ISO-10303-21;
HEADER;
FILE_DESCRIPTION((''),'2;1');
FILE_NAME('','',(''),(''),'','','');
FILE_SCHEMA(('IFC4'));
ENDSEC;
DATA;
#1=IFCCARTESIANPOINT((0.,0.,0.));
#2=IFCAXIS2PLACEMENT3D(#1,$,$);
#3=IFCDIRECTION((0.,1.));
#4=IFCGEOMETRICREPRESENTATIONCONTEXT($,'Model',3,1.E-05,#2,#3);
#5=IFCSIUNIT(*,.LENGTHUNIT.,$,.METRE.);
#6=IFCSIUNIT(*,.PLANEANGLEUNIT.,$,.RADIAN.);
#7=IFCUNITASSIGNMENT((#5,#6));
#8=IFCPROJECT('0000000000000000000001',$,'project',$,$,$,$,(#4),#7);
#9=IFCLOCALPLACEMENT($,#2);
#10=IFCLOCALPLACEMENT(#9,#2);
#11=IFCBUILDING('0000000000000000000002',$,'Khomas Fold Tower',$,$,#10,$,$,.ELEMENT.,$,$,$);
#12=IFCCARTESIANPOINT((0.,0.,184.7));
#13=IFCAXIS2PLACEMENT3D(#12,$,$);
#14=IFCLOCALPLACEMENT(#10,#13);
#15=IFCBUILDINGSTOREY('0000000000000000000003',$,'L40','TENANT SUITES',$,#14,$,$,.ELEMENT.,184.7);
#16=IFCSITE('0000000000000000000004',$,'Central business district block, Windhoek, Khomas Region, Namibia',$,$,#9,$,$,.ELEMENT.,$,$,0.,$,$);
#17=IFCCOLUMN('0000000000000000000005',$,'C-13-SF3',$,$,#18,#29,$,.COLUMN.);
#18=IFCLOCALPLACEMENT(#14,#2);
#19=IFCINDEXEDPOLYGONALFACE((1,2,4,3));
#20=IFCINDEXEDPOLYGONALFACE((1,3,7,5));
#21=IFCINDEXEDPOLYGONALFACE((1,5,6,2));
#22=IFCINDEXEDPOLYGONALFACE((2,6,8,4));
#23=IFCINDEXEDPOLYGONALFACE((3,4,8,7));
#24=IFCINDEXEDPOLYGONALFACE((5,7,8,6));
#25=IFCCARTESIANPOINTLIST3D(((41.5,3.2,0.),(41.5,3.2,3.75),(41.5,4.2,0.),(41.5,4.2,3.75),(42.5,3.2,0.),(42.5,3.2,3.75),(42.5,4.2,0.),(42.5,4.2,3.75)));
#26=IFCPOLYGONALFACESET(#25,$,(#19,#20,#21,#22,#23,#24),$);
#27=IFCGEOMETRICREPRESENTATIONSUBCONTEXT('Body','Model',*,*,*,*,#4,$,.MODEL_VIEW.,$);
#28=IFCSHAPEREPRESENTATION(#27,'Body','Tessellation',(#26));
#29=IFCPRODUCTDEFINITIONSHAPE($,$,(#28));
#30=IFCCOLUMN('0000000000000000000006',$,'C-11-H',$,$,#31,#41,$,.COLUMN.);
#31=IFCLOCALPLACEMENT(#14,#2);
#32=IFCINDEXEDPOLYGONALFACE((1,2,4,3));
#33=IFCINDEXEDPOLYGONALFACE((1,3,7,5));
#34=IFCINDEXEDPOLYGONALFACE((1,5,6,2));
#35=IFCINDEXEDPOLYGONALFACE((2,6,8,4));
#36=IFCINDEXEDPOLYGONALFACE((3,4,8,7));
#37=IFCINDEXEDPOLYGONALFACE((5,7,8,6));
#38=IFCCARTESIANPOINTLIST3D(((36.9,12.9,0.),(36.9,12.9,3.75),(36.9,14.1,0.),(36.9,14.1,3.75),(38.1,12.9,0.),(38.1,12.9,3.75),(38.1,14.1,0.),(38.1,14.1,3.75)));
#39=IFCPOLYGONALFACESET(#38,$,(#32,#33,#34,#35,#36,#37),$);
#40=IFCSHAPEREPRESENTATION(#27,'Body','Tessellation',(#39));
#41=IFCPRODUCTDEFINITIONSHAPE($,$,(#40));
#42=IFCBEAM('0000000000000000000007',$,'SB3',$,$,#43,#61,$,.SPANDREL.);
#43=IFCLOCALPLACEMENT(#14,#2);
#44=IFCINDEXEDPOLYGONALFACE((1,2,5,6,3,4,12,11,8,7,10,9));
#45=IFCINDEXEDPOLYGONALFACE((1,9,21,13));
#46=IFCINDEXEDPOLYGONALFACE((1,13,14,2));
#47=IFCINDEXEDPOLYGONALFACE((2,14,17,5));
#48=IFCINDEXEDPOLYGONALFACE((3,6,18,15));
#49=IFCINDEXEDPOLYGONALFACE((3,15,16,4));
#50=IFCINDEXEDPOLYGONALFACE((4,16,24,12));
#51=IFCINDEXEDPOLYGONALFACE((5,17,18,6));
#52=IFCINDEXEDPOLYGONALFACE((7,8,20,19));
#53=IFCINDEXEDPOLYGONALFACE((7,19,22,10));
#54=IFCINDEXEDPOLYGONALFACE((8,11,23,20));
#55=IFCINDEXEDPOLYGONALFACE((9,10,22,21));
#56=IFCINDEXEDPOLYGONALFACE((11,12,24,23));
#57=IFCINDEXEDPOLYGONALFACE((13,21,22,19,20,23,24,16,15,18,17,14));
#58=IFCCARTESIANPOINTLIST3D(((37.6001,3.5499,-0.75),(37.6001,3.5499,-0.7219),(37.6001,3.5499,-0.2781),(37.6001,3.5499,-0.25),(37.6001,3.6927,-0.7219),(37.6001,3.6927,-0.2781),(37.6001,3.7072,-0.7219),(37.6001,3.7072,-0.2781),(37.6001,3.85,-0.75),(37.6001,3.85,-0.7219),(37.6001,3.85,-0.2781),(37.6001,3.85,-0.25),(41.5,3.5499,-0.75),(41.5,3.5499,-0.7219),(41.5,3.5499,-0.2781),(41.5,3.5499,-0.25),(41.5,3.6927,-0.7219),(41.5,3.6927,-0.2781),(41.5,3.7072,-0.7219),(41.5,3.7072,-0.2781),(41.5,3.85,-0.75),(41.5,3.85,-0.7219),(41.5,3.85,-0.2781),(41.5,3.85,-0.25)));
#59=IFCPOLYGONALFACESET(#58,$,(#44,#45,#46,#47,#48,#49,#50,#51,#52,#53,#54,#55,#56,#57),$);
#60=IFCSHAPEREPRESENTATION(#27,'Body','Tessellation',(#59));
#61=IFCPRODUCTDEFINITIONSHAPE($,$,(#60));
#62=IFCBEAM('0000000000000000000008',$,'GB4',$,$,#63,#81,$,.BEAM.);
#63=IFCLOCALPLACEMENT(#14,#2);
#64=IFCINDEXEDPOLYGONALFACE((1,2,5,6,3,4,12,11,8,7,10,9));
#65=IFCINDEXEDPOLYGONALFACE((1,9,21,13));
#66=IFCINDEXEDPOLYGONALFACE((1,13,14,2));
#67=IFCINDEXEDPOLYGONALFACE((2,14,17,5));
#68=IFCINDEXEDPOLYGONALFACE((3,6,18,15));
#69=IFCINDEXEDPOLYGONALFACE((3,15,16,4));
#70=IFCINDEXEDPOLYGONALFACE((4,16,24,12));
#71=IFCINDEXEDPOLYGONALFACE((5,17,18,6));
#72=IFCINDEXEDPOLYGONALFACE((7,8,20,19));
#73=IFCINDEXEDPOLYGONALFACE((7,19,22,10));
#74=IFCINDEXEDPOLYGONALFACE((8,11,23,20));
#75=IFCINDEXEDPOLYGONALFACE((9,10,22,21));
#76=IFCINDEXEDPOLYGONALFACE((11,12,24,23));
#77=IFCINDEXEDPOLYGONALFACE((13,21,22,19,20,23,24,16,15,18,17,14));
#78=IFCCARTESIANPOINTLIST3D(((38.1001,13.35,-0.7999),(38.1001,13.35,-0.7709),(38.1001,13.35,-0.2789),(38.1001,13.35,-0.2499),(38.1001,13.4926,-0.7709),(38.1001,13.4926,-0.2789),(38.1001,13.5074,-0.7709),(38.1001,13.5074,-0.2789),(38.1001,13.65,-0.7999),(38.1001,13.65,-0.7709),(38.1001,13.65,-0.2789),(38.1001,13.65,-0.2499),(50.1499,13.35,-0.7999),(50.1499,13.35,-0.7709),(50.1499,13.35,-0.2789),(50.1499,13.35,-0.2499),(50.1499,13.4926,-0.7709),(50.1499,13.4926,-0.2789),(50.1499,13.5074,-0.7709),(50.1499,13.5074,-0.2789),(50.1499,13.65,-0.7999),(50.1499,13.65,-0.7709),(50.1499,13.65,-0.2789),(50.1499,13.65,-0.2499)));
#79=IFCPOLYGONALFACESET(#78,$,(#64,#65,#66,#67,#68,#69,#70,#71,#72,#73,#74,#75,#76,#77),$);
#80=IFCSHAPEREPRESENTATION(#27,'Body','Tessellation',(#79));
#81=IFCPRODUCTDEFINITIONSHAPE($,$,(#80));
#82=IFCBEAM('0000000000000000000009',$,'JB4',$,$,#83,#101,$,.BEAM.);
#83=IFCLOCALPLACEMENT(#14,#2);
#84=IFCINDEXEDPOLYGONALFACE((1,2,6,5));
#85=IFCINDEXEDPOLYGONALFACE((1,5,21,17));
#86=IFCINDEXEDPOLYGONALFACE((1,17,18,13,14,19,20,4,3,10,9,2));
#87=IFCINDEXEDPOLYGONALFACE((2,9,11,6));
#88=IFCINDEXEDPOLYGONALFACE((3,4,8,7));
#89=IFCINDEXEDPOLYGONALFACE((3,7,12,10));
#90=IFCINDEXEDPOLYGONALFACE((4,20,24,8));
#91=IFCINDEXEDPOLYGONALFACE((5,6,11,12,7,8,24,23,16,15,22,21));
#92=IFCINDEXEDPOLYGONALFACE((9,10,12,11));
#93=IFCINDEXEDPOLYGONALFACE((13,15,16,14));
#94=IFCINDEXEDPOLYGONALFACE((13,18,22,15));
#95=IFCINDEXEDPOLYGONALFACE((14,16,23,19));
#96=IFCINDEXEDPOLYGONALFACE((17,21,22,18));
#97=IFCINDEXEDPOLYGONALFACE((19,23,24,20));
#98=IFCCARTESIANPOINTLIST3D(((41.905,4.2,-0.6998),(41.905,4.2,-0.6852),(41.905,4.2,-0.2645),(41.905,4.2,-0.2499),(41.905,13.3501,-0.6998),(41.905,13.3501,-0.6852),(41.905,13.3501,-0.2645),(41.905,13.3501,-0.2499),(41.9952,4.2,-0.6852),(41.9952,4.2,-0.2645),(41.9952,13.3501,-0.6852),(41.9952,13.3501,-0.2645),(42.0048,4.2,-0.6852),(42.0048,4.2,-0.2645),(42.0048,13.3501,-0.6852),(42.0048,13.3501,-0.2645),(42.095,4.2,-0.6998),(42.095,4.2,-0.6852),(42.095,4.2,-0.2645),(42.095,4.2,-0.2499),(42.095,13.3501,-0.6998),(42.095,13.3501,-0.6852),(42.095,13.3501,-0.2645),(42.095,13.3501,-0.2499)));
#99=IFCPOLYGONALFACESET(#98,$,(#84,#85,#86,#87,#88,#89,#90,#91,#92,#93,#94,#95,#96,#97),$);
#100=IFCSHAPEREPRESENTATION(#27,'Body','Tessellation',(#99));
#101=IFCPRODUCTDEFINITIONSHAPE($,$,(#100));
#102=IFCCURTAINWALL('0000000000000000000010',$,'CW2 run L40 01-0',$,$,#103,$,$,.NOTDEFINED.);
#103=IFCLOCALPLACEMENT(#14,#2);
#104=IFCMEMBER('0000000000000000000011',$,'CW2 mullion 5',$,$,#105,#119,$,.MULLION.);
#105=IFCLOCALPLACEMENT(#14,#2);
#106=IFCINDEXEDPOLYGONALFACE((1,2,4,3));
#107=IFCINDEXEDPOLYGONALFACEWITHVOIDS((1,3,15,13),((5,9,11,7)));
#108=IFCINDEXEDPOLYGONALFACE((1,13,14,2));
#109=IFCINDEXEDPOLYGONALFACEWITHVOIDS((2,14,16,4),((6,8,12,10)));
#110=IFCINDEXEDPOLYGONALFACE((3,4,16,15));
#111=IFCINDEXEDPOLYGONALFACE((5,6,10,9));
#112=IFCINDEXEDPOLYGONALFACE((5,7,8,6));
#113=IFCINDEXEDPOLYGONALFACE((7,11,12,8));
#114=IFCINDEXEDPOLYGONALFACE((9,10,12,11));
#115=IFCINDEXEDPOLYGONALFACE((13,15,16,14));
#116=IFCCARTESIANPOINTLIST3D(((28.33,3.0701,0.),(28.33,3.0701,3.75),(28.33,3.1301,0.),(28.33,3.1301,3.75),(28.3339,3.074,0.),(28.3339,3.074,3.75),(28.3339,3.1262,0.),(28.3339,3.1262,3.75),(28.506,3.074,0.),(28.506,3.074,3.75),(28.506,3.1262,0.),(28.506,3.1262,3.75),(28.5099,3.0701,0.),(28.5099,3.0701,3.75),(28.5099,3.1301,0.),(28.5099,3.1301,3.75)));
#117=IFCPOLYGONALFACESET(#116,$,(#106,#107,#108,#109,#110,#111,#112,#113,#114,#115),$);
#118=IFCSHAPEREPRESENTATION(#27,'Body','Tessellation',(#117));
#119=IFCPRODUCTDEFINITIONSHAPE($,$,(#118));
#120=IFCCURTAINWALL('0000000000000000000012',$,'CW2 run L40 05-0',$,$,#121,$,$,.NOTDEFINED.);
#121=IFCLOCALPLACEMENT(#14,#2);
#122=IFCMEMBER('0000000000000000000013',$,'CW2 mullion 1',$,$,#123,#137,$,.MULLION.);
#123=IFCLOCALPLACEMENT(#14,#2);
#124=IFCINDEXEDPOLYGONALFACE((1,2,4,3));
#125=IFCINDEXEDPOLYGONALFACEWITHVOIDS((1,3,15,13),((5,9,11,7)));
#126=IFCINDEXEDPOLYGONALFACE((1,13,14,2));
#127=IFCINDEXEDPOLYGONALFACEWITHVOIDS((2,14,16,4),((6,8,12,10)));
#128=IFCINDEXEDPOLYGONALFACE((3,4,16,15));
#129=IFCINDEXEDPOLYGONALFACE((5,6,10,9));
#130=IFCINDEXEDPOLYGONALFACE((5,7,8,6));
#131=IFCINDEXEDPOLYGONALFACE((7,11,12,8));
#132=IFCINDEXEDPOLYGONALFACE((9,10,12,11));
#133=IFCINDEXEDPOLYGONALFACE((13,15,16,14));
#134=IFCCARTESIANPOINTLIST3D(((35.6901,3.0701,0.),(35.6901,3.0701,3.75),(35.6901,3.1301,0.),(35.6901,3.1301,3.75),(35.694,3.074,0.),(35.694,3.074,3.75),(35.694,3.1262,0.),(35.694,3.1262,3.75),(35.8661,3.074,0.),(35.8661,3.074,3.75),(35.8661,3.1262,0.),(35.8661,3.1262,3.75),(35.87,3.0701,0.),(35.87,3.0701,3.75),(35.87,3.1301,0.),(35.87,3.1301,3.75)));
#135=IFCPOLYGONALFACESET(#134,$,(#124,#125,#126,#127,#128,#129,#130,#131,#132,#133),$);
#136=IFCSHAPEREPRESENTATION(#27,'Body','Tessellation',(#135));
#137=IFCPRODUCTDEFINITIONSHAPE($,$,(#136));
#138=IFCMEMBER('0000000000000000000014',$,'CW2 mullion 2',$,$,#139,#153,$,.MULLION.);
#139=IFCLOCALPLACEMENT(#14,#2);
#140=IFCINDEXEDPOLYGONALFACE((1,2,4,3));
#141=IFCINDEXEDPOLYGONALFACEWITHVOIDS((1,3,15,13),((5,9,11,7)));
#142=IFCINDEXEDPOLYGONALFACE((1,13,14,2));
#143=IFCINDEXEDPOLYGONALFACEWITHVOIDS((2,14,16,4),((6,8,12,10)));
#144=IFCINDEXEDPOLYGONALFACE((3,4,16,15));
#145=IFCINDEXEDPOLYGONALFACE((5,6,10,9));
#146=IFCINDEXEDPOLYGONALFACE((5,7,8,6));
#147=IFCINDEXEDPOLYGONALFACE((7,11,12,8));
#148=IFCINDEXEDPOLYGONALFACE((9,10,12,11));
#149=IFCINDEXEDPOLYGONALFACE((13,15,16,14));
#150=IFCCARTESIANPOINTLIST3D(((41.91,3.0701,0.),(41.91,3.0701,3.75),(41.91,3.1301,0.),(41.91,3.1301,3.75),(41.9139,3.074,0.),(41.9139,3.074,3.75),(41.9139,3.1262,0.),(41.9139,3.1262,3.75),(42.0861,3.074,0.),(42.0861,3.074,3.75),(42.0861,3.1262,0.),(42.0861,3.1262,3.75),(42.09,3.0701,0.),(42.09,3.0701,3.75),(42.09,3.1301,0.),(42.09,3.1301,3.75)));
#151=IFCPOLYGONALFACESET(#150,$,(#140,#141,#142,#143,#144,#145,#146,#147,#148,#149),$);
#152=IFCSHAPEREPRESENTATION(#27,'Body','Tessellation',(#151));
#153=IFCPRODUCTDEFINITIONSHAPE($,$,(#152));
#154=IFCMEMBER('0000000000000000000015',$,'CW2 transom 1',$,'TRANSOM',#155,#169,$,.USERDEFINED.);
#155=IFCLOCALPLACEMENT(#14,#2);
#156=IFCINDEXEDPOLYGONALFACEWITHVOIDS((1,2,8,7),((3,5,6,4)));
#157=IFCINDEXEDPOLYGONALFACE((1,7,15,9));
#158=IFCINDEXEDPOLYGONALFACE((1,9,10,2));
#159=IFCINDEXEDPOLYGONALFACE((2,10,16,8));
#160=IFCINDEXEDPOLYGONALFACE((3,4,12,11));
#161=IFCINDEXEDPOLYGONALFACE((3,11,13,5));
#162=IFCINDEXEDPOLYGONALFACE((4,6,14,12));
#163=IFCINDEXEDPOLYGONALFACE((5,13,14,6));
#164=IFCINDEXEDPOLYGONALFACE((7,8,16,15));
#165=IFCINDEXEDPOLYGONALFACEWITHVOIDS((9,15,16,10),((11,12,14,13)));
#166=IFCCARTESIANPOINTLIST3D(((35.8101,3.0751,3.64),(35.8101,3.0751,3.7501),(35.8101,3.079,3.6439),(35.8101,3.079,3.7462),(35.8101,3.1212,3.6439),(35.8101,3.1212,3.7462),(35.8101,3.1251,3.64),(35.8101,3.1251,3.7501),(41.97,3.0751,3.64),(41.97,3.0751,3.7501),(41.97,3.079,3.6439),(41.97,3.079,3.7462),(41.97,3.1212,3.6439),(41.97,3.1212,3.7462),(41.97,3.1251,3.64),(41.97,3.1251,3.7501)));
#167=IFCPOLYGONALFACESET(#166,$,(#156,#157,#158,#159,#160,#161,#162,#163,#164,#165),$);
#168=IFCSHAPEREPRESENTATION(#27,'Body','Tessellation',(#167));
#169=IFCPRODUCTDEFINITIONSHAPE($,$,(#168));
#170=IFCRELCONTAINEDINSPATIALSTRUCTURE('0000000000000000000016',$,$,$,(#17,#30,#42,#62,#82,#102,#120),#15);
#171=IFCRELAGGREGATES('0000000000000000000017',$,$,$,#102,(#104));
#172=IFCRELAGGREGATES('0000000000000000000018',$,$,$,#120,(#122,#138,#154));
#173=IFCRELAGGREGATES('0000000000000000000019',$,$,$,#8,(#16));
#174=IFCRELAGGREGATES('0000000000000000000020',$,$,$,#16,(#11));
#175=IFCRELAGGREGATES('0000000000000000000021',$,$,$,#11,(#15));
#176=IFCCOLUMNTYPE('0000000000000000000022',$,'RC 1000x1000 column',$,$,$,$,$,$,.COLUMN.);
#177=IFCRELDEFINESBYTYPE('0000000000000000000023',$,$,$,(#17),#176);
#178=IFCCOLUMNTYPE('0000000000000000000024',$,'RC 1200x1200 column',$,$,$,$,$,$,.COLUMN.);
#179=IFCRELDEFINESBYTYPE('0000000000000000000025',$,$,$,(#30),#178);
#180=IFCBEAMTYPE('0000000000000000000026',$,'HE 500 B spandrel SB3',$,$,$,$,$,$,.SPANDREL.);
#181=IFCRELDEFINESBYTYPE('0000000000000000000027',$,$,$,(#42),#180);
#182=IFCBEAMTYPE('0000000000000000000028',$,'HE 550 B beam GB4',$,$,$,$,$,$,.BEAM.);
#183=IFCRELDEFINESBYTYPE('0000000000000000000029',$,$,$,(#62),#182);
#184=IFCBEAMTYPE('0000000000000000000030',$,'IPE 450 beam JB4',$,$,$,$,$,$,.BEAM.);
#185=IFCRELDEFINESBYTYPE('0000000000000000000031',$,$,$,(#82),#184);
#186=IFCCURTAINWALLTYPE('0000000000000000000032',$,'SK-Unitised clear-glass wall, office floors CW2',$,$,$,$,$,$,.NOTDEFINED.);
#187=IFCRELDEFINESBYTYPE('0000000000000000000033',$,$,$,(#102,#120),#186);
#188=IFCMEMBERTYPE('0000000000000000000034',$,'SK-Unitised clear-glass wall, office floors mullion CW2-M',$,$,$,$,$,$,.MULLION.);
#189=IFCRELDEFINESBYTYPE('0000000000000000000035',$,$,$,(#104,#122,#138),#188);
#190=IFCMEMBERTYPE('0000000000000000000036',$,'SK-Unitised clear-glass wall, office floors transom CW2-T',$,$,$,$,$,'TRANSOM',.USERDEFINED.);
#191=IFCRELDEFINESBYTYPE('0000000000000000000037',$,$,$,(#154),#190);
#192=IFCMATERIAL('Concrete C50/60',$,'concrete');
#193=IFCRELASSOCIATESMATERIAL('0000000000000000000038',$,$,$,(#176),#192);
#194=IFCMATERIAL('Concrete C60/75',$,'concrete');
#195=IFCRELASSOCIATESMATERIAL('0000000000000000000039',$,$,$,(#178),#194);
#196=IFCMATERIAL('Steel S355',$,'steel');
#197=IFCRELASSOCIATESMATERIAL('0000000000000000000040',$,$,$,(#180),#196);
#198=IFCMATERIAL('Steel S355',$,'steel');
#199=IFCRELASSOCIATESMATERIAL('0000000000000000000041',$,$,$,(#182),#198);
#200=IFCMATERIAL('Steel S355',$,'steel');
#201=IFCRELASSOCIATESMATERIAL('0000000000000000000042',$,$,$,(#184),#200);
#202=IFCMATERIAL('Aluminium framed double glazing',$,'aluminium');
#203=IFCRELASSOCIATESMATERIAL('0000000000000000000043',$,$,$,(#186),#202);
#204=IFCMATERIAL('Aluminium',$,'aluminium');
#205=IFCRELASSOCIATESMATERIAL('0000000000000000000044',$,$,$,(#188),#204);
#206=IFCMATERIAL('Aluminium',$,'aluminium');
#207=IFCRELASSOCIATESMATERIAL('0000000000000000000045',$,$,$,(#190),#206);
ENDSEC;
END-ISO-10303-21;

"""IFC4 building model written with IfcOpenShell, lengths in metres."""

from ifc_helpers import new_model, si_unit, direction, frame, origin, origin_2d, place, context, subcontext, project, spatial, rectangle, hollow_rectangle, i_section, extrude, source, transform, mapped, material, material_profile, profile_set, type_object, element, aggregate, save


model = new_model("IFC4")

# Units and contexts
model_context = context("Model", 3, precision=1e-05, world=origin(), true_north=direction((0.0, 1.0)))
body_context = subcontext(model_context, "Body", "Model", "MODEL_VIEW")
ifc_project = project(units=[si_unit("LENGTHUNIT", "METRE"), si_unit("PLANEANGLEUNIT", "RADIAN")], contexts=[model_context])

# Site, building, storey
site_placement = place(None, origin())
site = spatial("IfcSite", under=ifc_project, at=site_placement, Name="Central business district block, Windhoek, Khomas Region, Namibia", CompositionType="ELEMENT", RefElevation=0.0)
building_placement = place(site_placement, origin())
building = spatial("IfcBuilding", under=site, at=building_placement, Name="Khomas Fold Tower", CompositionType="ELEMENT")
storey_placement = place(building_placement, frame((0.0, 0.0, 184.7)))
storey = spatial("IfcBuildingStorey", under=building, at=storey_placement, Name="L40", Description="TENANT SUITES", CompositionType="ELEMENT", Elevation=184.7)

# Columns
ifc_material_1 = material(Name="Concrete C50/60", Category="concrete")
ifc_material_profile_1 = material_profile(ifc_material_1, rectangle(XDim=1.0, YDim=1.0, at=origin_2d()), Name="RC 1000x1000")
ifc_profile_set_1 = profile_set([ifc_material_profile_1], Name="Concrete C50/60")
column_type_1 = type_object("IfcColumnType", Name="RC 1000x1000 column", PredefinedType="COLUMN", material=ifc_profile_set_1)
shared_shape_1 = source(origin(), body_context, "Body", "SweptSolid", [
    extrude(rectangle(XDim=1.0, YDim=1.0, at=origin_2d()), origin(), (0.0, 0.0, 1.0), 3.75),
])
column_1_placement = place(storey_placement, frame((42.0, 3.7, 0.0), z_axis=(0.0, 0.0, 1.0), x_axis=(1.0, 0.0, 0.0)))
element("IfcColumn", 1, at=column_1_placement, inside=storey, type_object=column_type_1, Name="C-13-SF3", PredefinedType="COLUMN", context=body_context, shape_type="MappedRepresentation", body=[
    mapped(shared_shape_1, transform((0.0, 0.0, 0.0))),
])
ifc_material_2 = material(Name="Concrete C60/75", Category="concrete")
ifc_material_profile_2 = material_profile(ifc_material_2, rectangle(XDim=1.2, YDim=1.2, at=origin_2d()), Name="RC 1200x1200")
ifc_profile_set_2 = profile_set([ifc_material_profile_2], Name="Concrete C60/75")
column_type_2 = type_object("IfcColumnType", Name="RC 1200x1200 column", PredefinedType="COLUMN", material=ifc_profile_set_2)
shared_shape_2 = source(origin(), body_context, "Body", "SweptSolid", [
    extrude(rectangle(XDim=1.2, YDim=1.2, at=origin_2d()), origin(), (0.0, 0.0, 1.0), 3.75),
])
column_2_placement = place(storey_placement, frame((37.5, 13.5, 0.0), z_axis=(0.0, 0.0, 1.0), x_axis=(1.0, 0.0, 0.0)))
element("IfcColumn", 2, at=column_2_placement, inside=storey, type_object=column_type_2, Name="C-11-H", PredefinedType="COLUMN", context=body_context, shape_type="MappedRepresentation", body=[
    mapped(shared_shape_2, transform((0.0, 0.0, 0.0))),
])

# Beams
ifc_material_3 = material(Name="Steel S355", Category="steel")
ifc_material_profile_3 = material_profile(ifc_material_3, i_section(OverallWidth=0.3, OverallDepth=0.5, WebThickness=0.0144, FlangeThickness=0.0281, at=origin_2d()), Name="HE 500 B")
ifc_profile_set_3 = profile_set([ifc_material_profile_3], Name="Steel S355")
beam_type_1 = type_object("IfcBeamType", Name="HE 500 B spandrel SB3", PredefinedType="SPANDREL", material=ifc_profile_set_3)
shared_shape_3 = source(origin(), body_context, "Body", "SweptSolid", [
    extrude(i_section(OverallWidth=0.3, OverallDepth=0.5, WebThickness=0.0144, FlangeThickness=0.0281, at=origin_2d()), origin(), (0.0, 0.0, 1.0), 3.8999),
])
beam_1_placement = place(storey_placement, frame((37.6001, 3.7, -0.5), z_axis=(1.0, 0.0, 0.0), x_axis=(0.0, 1.0, 0.0)))
element("IfcBeam", 3, at=beam_1_placement, inside=storey, type_object=beam_type_1, Name="SB3", PredefinedType="SPANDREL", context=body_context, shape_type="MappedRepresentation", body=[
    mapped(shared_shape_3, transform((0.0, 0.0, 0.0))),
])
ifc_material_4 = material(Name="Steel S355", Category="steel")
ifc_material_profile_4 = material_profile(ifc_material_4, i_section(OverallWidth=0.3, OverallDepth=0.55, WebThickness=0.0149, FlangeThickness=0.0291, at=origin_2d()), Name="HE 550 B")
ifc_profile_set_4 = profile_set([ifc_material_profile_4], Name="Steel S355")
beam_type_2 = type_object("IfcBeamType", Name="HE 550 B beam GB4", PredefinedType="BEAM", material=ifc_profile_set_4)
shared_shape_4 = source(origin(), body_context, "Body", "SweptSolid", [
    extrude(i_section(OverallWidth=0.3, OverallDepth=0.55, WebThickness=0.0149, FlangeThickness=0.0291, at=origin_2d()), origin(), (0.0, 0.0, 1.0), 12.0498),
])
beam_2_placement = place(storey_placement, frame((38.1001, 13.5, -0.5249), z_axis=(1.0, 0.0, 0.0), x_axis=(0.0, 1.0, 0.0)))
element("IfcBeam", 4, at=beam_2_placement, inside=storey, type_object=beam_type_2, Name="GB4", PredefinedType="BEAM", context=body_context, shape_type="MappedRepresentation", body=[
    mapped(shared_shape_4, transform((0.0, 0.0, 0.0))),
])
ifc_material_5 = material(Name="Steel S355", Category="steel")
ifc_material_profile_5 = material_profile(ifc_material_5, i_section(OverallWidth=0.1899, OverallDepth=0.45, WebThickness=0.0095, FlangeThickness=0.0146, at=origin_2d()), Name="IPE 450")
ifc_profile_set_5 = profile_set([ifc_material_profile_5], Name="Steel S355")
beam_type_3 = type_object("IfcBeamType", Name="IPE 450 beam JB4", PredefinedType="BEAM", material=ifc_profile_set_5)
shared_shape_5 = source(origin(), body_context, "Body", "SweptSolid", [
    extrude(i_section(OverallWidth=0.1899, OverallDepth=0.45, WebThickness=0.0095, FlangeThickness=0.0146, at=origin_2d()), origin(), (0.0, 0.0, 1.0), 9.1501),
])
beam_3_placement = place(storey_placement, frame((42.0, 4.2, -0.4749), z_axis=(0.0, 1.0, 0.0), x_axis=(-1.0, 0.0, 0.0)))
element("IfcBeam", 5, at=beam_3_placement, inside=storey, type_object=beam_type_3, Name="JB4", PredefinedType="BEAM", context=body_context, shape_type="MappedRepresentation", body=[
    mapped(shared_shape_5, transform((0.0, 0.0, 0.0))),
])

# Curtain wall, member
ifc_material_6 = material(Name="Aluminium framed double glazing", Category="aluminium")
curtain_wall_type_1 = type_object("IfcCurtainWallType", Name="SK-Unitised clear-glass wall, office floors CW2", PredefinedType="NOTDEFINED", material=ifc_material_6)
curtain_wall_1_placement = place(storey_placement, origin())
curtain_wall_1 = element("IfcCurtainWall", 6, at=curtain_wall_1_placement, inside=storey, type_object=curtain_wall_type_1, Name="CW2 run L40 01-0", PredefinedType="NOTDEFINED")
ifc_material_7 = material(Name="Aluminium", Category="aluminium")
ifc_material_profile_6 = material_profile(ifc_material_7, hollow_rectangle(XDim=0.0601, YDim=0.1799, WallThickness=0.0039, at=origin_2d()), Name="SK-Unitised clear-glass wall, office floors mullion CW2-M")
ifc_profile_set_6 = profile_set([ifc_material_profile_6], Name="Aluminium")
member_type_1 = type_object("IfcMemberType", Name="SK-Unitised clear-glass wall, office floors mullion CW2-M", PredefinedType="MULLION", material=ifc_profile_set_6)
shared_shape_6 = source(origin(), body_context, "Body", "SweptSolid", [
    extrude(hollow_rectangle(XDim=0.0601, YDim=0.1799, WallThickness=0.0039, at=origin_2d()), origin(), (0.0, 0.0, 1.0), 3.75),
])
member_1_placement = place(storey_placement, frame((28.4199, 3.1001, 0.0), z_axis=(0.0, 0.0, 1.0), x_axis=(0.0, 1.0, 0.0)))
member_1 = element("IfcMember", 7, at=member_1_placement, type_object=member_type_1, Name="CW2 mullion 5", PredefinedType="MULLION", context=body_context, shape_type="MappedRepresentation", body=[
    mapped(shared_shape_6, transform((0.0, 0.0, 0.0))),
])
aggregate(curtain_wall_1, [member_1])

# Curtain wall, members
curtain_wall_2_placement = place(storey_placement, origin())
curtain_wall_2 = element("IfcCurtainWall", 8, at=curtain_wall_2_placement, inside=storey, type_object=curtain_wall_type_1, Name="CW2 run L40 05-0", PredefinedType="NOTDEFINED")
member_2_placement = place(storey_placement, frame((35.78, 3.1001, 0.0), z_axis=(0.0, 0.0, 1.0), x_axis=(0.0, 1.0, 0.0)))
member_2 = element("IfcMember", 9, at=member_2_placement, type_object=member_type_1, Name="CW2 mullion 1", PredefinedType="MULLION", context=body_context, shape_type="MappedRepresentation", body=[
    mapped(shared_shape_6, transform((0.0, 0.0, 0.0))),
])
member_3_placement = place(storey_placement, frame((42.0, 3.1001, 0.0), z_axis=(0.0, 0.0, 1.0), x_axis=(0.0, 1.0, 0.0)))
member_3 = element("IfcMember", 10, at=member_3_placement, type_object=member_type_1, Name="CW2 mullion 2", PredefinedType="MULLION", context=body_context, shape_type="MappedRepresentation", body=[
    mapped(shared_shape_6, transform((0.0, 0.0, 0.0))),
])
ifc_material_8 = material(Name="Aluminium", Category="aluminium")
ifc_material_profile_7 = material_profile(ifc_material_8, hollow_rectangle(XDim=0.05, YDim=0.1101, WallThickness=0.0039, at=origin_2d()), Name="SK-Unitised clear-glass wall, office floors transom CW2-T")
ifc_profile_set_7 = profile_set([ifc_material_profile_7], Name="Aluminium")
member_type_2 = type_object("IfcMemberType", Name="SK-Unitised clear-glass wall, office floors transom CW2-T", ElementType="TRANSOM", PredefinedType="USERDEFINED", material=ifc_profile_set_7)
shared_shape_7 = source(origin(), body_context, "Body", "SweptSolid", [
    extrude(hollow_rectangle(XDim=0.05, YDim=0.1101, WallThickness=0.0039, at=origin_2d()), origin(), (0.0, 0.0, 1.0), 6.1599),
])
member_4_placement = place(storey_placement, frame((35.8101, 3.1001, 3.6951), z_axis=(1.0, 0.0, 0.0), x_axis=(0.0, 1.0, 0.0)))
member_4 = element("IfcMember", 11, at=member_4_placement, type_object=member_type_2, Name="CW2 transom 1", ObjectType="TRANSOM", PredefinedType="USERDEFINED", context=body_context, shape_type="MappedRepresentation", body=[
    mapped(shared_shape_7, transform((0.0, 0.0, 0.0))),
])

aggregate(curtain_wall_2, [member_2, member_3, member_4])

save(model, "model.ifc")
